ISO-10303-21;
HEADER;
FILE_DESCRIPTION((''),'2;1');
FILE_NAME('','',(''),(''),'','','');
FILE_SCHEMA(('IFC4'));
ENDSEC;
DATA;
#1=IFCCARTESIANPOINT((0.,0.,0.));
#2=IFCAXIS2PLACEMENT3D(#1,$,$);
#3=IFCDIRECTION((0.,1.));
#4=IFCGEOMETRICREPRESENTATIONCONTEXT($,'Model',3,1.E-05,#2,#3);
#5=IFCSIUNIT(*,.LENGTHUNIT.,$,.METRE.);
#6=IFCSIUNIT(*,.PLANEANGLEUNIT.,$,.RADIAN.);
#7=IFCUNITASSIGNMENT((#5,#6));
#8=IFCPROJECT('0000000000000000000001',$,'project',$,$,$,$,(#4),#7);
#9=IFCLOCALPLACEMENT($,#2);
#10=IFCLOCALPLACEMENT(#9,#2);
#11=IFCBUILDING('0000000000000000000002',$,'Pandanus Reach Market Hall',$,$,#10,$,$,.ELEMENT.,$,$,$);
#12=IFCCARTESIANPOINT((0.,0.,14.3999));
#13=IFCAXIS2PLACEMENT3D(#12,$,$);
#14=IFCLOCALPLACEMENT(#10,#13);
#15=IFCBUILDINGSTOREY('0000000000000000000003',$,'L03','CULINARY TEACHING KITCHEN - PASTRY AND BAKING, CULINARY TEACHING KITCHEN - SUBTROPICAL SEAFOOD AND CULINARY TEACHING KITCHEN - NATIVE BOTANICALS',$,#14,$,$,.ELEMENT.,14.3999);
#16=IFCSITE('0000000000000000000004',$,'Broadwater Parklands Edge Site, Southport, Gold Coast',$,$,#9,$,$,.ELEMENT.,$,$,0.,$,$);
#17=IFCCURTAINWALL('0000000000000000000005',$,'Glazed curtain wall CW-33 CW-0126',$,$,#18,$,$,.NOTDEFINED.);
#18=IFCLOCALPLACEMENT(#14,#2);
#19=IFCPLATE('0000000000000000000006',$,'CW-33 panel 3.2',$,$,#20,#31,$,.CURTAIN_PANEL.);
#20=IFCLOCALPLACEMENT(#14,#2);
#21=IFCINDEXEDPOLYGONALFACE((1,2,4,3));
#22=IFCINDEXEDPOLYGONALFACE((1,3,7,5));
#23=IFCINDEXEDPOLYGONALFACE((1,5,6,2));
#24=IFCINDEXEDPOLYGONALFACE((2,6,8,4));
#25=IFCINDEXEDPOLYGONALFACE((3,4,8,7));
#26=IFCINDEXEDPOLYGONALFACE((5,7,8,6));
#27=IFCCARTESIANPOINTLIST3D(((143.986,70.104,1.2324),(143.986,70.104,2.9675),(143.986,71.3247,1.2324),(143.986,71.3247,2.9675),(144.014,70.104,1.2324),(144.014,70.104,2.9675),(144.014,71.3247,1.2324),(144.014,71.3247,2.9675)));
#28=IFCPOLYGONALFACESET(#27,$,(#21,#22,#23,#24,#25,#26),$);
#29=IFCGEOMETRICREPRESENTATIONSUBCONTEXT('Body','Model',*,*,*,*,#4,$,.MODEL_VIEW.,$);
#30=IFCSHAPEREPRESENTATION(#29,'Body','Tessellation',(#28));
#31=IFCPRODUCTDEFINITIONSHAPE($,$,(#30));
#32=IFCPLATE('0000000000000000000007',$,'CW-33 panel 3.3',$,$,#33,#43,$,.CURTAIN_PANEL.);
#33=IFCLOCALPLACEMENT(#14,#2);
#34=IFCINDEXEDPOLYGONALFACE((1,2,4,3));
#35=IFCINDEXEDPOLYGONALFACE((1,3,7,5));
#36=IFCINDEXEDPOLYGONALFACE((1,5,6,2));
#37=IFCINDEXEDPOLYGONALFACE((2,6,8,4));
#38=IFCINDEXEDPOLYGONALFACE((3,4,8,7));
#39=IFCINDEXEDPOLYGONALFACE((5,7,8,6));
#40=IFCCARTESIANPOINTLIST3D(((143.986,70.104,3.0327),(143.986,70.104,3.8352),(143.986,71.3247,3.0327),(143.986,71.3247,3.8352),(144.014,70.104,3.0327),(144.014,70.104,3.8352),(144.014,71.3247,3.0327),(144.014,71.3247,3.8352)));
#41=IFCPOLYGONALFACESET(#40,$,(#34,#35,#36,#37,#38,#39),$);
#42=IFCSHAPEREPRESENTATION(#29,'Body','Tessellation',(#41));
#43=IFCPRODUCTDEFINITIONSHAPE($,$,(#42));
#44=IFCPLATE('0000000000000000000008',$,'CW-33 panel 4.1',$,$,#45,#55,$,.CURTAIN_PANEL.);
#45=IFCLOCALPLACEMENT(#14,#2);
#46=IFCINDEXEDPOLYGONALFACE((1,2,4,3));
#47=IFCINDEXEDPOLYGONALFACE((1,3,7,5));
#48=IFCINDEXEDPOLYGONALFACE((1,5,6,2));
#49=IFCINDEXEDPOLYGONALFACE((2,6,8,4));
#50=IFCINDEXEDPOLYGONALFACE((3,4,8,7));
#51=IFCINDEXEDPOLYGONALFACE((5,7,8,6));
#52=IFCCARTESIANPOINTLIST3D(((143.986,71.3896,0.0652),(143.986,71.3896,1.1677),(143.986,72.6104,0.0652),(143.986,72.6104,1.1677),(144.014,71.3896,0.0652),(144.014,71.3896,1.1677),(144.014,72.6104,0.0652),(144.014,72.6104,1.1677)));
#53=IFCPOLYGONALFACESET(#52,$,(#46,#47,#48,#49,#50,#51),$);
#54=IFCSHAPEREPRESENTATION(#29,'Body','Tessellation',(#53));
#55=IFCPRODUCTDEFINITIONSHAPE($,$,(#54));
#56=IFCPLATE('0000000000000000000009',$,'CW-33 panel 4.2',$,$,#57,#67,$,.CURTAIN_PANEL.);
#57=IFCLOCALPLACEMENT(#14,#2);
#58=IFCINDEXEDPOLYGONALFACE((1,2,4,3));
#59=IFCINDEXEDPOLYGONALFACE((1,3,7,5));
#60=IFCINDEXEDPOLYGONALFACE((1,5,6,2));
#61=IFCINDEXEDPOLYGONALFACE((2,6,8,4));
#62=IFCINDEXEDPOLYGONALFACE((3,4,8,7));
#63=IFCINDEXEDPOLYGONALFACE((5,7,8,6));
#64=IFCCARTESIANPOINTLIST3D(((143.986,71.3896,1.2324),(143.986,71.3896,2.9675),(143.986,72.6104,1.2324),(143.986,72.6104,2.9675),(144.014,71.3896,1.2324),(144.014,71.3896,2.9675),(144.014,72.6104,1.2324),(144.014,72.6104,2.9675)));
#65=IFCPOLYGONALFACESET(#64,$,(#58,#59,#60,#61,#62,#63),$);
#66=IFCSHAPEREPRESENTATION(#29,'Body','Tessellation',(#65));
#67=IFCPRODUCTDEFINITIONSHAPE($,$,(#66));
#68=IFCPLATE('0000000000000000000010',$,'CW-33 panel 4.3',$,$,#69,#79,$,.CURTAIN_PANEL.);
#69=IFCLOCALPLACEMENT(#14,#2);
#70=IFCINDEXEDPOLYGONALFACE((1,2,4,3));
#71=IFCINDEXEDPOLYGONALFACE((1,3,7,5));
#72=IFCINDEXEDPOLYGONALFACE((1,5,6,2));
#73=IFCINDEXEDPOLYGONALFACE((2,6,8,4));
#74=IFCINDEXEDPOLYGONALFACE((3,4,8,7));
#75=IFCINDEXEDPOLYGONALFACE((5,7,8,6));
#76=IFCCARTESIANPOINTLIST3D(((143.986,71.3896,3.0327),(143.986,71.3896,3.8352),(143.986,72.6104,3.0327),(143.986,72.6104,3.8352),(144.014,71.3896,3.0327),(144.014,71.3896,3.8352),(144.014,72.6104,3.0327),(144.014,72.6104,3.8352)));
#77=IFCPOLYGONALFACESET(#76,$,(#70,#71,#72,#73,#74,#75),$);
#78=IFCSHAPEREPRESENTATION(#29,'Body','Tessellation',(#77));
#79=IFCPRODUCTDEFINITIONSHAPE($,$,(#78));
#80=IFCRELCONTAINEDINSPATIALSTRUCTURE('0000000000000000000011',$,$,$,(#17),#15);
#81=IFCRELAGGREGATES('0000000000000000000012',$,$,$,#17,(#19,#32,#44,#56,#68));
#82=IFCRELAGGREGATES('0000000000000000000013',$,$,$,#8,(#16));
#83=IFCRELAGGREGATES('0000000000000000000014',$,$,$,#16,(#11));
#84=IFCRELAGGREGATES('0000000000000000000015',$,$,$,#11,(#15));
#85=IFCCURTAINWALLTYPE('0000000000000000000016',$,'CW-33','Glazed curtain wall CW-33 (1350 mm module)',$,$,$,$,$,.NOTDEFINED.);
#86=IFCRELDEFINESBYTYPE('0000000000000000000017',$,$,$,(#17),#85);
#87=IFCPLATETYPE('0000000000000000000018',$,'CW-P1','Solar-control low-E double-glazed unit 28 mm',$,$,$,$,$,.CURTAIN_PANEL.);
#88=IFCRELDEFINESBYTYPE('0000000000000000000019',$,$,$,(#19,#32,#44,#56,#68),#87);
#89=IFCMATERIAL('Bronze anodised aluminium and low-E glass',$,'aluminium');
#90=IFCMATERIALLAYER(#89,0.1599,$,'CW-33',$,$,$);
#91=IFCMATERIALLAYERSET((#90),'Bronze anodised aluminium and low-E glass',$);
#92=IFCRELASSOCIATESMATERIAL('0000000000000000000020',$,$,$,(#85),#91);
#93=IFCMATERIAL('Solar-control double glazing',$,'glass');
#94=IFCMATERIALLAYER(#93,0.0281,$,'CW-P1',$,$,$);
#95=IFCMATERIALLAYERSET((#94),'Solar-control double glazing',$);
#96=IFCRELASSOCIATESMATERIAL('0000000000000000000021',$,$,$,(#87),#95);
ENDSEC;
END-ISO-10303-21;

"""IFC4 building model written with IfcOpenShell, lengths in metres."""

from ifc_helpers import new_model, si_unit, direction, frame, origin, origin_2d, place, context, subcontext, project, spatial, rectangle, extrude, material, layer, layer_set, type_object, element, aggregate, save


model = new_model("IFC4")

# Units and contexts
model_context = context("Model", 3, precision=1e-05, world=origin(), true_north=direction((0.0, 1.0)))
body_context = subcontext(model_context, "Body", "Model", "MODEL_VIEW")
ifc_project = project(units=[si_unit("LENGTHUNIT", "METRE"), si_unit("PLANEANGLEUNIT", "RADIAN")], contexts=[model_context])

# Site, building, storey
site_placement = place(None, origin())
site = spatial("IfcSite", under=ifc_project, at=site_placement, Name="Broadwater Parklands Edge Site, Southport, Gold Coast", CompositionType="ELEMENT", RefElevation=0.0)
building_placement = place(site_placement, origin())
building = spatial("IfcBuilding", under=site, at=building_placement, Name="Pandanus Reach Market Hall", CompositionType="ELEMENT")
storey_placement = place(building_placement, frame((0.0, 0.0, 14.3999)))
storey = spatial("IfcBuildingStorey", under=building, at=storey_placement, Name="L03", Description="CULINARY TEACHING KITCHEN - PASTRY AND BAKING, CULINARY TEACHING KITCHEN - SUBTROPICAL SEAFOOD AND CULINARY TEACHING KITCHEN - NATIVE BOTANICALS", CompositionType="ELEMENT", Elevation=14.3999)

# Curtain wall, plates
ifc_material_1 = material(Name="Bronze anodised aluminium and low-E glass", Category="aluminium")
ifc_layer_1 = layer(ifc_material_1, 0.1599, Name="CW-33")
ifc_layer_set_1 = layer_set([ifc_layer_1], Name="Bronze anodised aluminium and low-E glass")
curtain_wall_type = type_object("IfcCurtainWallType", Name="CW-33", Description="Glazed curtain wall CW-33 (1350 mm module)", PredefinedType="NOTDEFINED", material=ifc_layer_set_1)
curtain_wall_placement = place(storey_placement, origin())
curtain_wall = element("IfcCurtainWall", 1, at=curtain_wall_placement, inside=storey, type_object=curtain_wall_type, Name="Glazed curtain wall CW-33 CW-0126", PredefinedType="NOTDEFINED")
ifc_material_2 = material(Name="Solar-control double glazing", Category="glass")
ifc_layer_2 = layer(ifc_material_2, 0.0281, Name="CW-P1")
ifc_layer_set_2 = layer_set([ifc_layer_2], Name="Solar-control double glazing")
plate_type = type_object("IfcPlateType", Name="CW-P1", Description="Solar-control low-E double-glazed unit 28 mm", PredefinedType="CURTAIN_PANEL", material=ifc_layer_set_2)
plate_1_placement = place(storey_placement, frame((144.0, 70.7144, 1.2324), z_axis=(0.0, 0.0, 1.0), x_axis=(0.0, 1.0, 0.0)))
plate_1 = element("IfcPlate", 2, at=plate_1_placement, type_object=plate_type, Name="CW-33 panel 3.2", PredefinedType="CURTAIN_PANEL", context=body_context, shape_type="SweptSolid", body=[
    extrude(rectangle(XDim=1.2207, YDim=0.0281, at=origin_2d()), origin(), (0.0, 0.0, 1.0), 1.7351),
])
plate_2_placement = place(storey_placement, frame((144.0, 70.7144, 3.0327), z_axis=(0.0, 0.0, 1.0), x_axis=(0.0, 1.0, 0.0)))
plate_2 = element("IfcPlate", 3, at=plate_2_placement, type_object=plate_type, Name="CW-33 panel 3.3", PredefinedType="CURTAIN_PANEL", context=body_context, shape_type="SweptSolid", body=[
    extrude(rectangle(XDim=1.2207, YDim=0.0281, at=origin_2d()), origin(), (0.0, 0.0, 1.0), 0.8025),
])
plate_3_placement = place(storey_placement, frame((144.0, 72.0, 0.0652), z_axis=(0.0, 0.0, 1.0), x_axis=(0.0, 1.0, 0.0)))
plate_3 = element("IfcPlate", 4, at=plate_3_placement, type_object=plate_type, Name="CW-33 panel 4.1", PredefinedType="CURTAIN_PANEL", context=body_context, shape_type="SweptSolid", body=[
    extrude(rectangle(XDim=1.2207, YDim=0.0281, at=origin_2d()), origin(), (0.0, 0.0, 1.0), 1.1025),
])
plate_4_placement = place(storey_placement, frame((144.0, 72.0, 1.2324), z_axis=(0.0, 0.0, 1.0), x_axis=(0.0, 1.0, 0.0)))
plate_4 = element("IfcPlate", 5, at=plate_4_placement, type_object=plate_type, Name="CW-33 panel 4.2", PredefinedType="CURTAIN_PANEL", context=body_context, shape_type="SweptSolid", body=[
    extrude(rectangle(XDim=1.2207, YDim=0.0281, at=origin_2d()), origin(), (0.0, 0.0, 1.0), 1.7351),
])
plate_5_placement = place(storey_placement, frame((144.0, 72.0, 3.0327), z_axis=(0.0, 0.0, 1.0), x_axis=(0.0, 1.0, 0.0)))
plate_5 = element("IfcPlate", 6, at=plate_5_placement, type_object=plate_type, Name="CW-33 panel 4.3", PredefinedType="CURTAIN_PANEL", context=body_context, shape_type="SweptSolid", body=[
    extrude(rectangle(XDim=1.2207, YDim=0.0281, at=origin_2d()), origin(), (0.0, 0.0, 1.0), 0.8025),
])
aggregate(curtain_wall, [plate_1, plate_2, plate_3, plate_4, plate_5])

save(model, "model.ifc")
